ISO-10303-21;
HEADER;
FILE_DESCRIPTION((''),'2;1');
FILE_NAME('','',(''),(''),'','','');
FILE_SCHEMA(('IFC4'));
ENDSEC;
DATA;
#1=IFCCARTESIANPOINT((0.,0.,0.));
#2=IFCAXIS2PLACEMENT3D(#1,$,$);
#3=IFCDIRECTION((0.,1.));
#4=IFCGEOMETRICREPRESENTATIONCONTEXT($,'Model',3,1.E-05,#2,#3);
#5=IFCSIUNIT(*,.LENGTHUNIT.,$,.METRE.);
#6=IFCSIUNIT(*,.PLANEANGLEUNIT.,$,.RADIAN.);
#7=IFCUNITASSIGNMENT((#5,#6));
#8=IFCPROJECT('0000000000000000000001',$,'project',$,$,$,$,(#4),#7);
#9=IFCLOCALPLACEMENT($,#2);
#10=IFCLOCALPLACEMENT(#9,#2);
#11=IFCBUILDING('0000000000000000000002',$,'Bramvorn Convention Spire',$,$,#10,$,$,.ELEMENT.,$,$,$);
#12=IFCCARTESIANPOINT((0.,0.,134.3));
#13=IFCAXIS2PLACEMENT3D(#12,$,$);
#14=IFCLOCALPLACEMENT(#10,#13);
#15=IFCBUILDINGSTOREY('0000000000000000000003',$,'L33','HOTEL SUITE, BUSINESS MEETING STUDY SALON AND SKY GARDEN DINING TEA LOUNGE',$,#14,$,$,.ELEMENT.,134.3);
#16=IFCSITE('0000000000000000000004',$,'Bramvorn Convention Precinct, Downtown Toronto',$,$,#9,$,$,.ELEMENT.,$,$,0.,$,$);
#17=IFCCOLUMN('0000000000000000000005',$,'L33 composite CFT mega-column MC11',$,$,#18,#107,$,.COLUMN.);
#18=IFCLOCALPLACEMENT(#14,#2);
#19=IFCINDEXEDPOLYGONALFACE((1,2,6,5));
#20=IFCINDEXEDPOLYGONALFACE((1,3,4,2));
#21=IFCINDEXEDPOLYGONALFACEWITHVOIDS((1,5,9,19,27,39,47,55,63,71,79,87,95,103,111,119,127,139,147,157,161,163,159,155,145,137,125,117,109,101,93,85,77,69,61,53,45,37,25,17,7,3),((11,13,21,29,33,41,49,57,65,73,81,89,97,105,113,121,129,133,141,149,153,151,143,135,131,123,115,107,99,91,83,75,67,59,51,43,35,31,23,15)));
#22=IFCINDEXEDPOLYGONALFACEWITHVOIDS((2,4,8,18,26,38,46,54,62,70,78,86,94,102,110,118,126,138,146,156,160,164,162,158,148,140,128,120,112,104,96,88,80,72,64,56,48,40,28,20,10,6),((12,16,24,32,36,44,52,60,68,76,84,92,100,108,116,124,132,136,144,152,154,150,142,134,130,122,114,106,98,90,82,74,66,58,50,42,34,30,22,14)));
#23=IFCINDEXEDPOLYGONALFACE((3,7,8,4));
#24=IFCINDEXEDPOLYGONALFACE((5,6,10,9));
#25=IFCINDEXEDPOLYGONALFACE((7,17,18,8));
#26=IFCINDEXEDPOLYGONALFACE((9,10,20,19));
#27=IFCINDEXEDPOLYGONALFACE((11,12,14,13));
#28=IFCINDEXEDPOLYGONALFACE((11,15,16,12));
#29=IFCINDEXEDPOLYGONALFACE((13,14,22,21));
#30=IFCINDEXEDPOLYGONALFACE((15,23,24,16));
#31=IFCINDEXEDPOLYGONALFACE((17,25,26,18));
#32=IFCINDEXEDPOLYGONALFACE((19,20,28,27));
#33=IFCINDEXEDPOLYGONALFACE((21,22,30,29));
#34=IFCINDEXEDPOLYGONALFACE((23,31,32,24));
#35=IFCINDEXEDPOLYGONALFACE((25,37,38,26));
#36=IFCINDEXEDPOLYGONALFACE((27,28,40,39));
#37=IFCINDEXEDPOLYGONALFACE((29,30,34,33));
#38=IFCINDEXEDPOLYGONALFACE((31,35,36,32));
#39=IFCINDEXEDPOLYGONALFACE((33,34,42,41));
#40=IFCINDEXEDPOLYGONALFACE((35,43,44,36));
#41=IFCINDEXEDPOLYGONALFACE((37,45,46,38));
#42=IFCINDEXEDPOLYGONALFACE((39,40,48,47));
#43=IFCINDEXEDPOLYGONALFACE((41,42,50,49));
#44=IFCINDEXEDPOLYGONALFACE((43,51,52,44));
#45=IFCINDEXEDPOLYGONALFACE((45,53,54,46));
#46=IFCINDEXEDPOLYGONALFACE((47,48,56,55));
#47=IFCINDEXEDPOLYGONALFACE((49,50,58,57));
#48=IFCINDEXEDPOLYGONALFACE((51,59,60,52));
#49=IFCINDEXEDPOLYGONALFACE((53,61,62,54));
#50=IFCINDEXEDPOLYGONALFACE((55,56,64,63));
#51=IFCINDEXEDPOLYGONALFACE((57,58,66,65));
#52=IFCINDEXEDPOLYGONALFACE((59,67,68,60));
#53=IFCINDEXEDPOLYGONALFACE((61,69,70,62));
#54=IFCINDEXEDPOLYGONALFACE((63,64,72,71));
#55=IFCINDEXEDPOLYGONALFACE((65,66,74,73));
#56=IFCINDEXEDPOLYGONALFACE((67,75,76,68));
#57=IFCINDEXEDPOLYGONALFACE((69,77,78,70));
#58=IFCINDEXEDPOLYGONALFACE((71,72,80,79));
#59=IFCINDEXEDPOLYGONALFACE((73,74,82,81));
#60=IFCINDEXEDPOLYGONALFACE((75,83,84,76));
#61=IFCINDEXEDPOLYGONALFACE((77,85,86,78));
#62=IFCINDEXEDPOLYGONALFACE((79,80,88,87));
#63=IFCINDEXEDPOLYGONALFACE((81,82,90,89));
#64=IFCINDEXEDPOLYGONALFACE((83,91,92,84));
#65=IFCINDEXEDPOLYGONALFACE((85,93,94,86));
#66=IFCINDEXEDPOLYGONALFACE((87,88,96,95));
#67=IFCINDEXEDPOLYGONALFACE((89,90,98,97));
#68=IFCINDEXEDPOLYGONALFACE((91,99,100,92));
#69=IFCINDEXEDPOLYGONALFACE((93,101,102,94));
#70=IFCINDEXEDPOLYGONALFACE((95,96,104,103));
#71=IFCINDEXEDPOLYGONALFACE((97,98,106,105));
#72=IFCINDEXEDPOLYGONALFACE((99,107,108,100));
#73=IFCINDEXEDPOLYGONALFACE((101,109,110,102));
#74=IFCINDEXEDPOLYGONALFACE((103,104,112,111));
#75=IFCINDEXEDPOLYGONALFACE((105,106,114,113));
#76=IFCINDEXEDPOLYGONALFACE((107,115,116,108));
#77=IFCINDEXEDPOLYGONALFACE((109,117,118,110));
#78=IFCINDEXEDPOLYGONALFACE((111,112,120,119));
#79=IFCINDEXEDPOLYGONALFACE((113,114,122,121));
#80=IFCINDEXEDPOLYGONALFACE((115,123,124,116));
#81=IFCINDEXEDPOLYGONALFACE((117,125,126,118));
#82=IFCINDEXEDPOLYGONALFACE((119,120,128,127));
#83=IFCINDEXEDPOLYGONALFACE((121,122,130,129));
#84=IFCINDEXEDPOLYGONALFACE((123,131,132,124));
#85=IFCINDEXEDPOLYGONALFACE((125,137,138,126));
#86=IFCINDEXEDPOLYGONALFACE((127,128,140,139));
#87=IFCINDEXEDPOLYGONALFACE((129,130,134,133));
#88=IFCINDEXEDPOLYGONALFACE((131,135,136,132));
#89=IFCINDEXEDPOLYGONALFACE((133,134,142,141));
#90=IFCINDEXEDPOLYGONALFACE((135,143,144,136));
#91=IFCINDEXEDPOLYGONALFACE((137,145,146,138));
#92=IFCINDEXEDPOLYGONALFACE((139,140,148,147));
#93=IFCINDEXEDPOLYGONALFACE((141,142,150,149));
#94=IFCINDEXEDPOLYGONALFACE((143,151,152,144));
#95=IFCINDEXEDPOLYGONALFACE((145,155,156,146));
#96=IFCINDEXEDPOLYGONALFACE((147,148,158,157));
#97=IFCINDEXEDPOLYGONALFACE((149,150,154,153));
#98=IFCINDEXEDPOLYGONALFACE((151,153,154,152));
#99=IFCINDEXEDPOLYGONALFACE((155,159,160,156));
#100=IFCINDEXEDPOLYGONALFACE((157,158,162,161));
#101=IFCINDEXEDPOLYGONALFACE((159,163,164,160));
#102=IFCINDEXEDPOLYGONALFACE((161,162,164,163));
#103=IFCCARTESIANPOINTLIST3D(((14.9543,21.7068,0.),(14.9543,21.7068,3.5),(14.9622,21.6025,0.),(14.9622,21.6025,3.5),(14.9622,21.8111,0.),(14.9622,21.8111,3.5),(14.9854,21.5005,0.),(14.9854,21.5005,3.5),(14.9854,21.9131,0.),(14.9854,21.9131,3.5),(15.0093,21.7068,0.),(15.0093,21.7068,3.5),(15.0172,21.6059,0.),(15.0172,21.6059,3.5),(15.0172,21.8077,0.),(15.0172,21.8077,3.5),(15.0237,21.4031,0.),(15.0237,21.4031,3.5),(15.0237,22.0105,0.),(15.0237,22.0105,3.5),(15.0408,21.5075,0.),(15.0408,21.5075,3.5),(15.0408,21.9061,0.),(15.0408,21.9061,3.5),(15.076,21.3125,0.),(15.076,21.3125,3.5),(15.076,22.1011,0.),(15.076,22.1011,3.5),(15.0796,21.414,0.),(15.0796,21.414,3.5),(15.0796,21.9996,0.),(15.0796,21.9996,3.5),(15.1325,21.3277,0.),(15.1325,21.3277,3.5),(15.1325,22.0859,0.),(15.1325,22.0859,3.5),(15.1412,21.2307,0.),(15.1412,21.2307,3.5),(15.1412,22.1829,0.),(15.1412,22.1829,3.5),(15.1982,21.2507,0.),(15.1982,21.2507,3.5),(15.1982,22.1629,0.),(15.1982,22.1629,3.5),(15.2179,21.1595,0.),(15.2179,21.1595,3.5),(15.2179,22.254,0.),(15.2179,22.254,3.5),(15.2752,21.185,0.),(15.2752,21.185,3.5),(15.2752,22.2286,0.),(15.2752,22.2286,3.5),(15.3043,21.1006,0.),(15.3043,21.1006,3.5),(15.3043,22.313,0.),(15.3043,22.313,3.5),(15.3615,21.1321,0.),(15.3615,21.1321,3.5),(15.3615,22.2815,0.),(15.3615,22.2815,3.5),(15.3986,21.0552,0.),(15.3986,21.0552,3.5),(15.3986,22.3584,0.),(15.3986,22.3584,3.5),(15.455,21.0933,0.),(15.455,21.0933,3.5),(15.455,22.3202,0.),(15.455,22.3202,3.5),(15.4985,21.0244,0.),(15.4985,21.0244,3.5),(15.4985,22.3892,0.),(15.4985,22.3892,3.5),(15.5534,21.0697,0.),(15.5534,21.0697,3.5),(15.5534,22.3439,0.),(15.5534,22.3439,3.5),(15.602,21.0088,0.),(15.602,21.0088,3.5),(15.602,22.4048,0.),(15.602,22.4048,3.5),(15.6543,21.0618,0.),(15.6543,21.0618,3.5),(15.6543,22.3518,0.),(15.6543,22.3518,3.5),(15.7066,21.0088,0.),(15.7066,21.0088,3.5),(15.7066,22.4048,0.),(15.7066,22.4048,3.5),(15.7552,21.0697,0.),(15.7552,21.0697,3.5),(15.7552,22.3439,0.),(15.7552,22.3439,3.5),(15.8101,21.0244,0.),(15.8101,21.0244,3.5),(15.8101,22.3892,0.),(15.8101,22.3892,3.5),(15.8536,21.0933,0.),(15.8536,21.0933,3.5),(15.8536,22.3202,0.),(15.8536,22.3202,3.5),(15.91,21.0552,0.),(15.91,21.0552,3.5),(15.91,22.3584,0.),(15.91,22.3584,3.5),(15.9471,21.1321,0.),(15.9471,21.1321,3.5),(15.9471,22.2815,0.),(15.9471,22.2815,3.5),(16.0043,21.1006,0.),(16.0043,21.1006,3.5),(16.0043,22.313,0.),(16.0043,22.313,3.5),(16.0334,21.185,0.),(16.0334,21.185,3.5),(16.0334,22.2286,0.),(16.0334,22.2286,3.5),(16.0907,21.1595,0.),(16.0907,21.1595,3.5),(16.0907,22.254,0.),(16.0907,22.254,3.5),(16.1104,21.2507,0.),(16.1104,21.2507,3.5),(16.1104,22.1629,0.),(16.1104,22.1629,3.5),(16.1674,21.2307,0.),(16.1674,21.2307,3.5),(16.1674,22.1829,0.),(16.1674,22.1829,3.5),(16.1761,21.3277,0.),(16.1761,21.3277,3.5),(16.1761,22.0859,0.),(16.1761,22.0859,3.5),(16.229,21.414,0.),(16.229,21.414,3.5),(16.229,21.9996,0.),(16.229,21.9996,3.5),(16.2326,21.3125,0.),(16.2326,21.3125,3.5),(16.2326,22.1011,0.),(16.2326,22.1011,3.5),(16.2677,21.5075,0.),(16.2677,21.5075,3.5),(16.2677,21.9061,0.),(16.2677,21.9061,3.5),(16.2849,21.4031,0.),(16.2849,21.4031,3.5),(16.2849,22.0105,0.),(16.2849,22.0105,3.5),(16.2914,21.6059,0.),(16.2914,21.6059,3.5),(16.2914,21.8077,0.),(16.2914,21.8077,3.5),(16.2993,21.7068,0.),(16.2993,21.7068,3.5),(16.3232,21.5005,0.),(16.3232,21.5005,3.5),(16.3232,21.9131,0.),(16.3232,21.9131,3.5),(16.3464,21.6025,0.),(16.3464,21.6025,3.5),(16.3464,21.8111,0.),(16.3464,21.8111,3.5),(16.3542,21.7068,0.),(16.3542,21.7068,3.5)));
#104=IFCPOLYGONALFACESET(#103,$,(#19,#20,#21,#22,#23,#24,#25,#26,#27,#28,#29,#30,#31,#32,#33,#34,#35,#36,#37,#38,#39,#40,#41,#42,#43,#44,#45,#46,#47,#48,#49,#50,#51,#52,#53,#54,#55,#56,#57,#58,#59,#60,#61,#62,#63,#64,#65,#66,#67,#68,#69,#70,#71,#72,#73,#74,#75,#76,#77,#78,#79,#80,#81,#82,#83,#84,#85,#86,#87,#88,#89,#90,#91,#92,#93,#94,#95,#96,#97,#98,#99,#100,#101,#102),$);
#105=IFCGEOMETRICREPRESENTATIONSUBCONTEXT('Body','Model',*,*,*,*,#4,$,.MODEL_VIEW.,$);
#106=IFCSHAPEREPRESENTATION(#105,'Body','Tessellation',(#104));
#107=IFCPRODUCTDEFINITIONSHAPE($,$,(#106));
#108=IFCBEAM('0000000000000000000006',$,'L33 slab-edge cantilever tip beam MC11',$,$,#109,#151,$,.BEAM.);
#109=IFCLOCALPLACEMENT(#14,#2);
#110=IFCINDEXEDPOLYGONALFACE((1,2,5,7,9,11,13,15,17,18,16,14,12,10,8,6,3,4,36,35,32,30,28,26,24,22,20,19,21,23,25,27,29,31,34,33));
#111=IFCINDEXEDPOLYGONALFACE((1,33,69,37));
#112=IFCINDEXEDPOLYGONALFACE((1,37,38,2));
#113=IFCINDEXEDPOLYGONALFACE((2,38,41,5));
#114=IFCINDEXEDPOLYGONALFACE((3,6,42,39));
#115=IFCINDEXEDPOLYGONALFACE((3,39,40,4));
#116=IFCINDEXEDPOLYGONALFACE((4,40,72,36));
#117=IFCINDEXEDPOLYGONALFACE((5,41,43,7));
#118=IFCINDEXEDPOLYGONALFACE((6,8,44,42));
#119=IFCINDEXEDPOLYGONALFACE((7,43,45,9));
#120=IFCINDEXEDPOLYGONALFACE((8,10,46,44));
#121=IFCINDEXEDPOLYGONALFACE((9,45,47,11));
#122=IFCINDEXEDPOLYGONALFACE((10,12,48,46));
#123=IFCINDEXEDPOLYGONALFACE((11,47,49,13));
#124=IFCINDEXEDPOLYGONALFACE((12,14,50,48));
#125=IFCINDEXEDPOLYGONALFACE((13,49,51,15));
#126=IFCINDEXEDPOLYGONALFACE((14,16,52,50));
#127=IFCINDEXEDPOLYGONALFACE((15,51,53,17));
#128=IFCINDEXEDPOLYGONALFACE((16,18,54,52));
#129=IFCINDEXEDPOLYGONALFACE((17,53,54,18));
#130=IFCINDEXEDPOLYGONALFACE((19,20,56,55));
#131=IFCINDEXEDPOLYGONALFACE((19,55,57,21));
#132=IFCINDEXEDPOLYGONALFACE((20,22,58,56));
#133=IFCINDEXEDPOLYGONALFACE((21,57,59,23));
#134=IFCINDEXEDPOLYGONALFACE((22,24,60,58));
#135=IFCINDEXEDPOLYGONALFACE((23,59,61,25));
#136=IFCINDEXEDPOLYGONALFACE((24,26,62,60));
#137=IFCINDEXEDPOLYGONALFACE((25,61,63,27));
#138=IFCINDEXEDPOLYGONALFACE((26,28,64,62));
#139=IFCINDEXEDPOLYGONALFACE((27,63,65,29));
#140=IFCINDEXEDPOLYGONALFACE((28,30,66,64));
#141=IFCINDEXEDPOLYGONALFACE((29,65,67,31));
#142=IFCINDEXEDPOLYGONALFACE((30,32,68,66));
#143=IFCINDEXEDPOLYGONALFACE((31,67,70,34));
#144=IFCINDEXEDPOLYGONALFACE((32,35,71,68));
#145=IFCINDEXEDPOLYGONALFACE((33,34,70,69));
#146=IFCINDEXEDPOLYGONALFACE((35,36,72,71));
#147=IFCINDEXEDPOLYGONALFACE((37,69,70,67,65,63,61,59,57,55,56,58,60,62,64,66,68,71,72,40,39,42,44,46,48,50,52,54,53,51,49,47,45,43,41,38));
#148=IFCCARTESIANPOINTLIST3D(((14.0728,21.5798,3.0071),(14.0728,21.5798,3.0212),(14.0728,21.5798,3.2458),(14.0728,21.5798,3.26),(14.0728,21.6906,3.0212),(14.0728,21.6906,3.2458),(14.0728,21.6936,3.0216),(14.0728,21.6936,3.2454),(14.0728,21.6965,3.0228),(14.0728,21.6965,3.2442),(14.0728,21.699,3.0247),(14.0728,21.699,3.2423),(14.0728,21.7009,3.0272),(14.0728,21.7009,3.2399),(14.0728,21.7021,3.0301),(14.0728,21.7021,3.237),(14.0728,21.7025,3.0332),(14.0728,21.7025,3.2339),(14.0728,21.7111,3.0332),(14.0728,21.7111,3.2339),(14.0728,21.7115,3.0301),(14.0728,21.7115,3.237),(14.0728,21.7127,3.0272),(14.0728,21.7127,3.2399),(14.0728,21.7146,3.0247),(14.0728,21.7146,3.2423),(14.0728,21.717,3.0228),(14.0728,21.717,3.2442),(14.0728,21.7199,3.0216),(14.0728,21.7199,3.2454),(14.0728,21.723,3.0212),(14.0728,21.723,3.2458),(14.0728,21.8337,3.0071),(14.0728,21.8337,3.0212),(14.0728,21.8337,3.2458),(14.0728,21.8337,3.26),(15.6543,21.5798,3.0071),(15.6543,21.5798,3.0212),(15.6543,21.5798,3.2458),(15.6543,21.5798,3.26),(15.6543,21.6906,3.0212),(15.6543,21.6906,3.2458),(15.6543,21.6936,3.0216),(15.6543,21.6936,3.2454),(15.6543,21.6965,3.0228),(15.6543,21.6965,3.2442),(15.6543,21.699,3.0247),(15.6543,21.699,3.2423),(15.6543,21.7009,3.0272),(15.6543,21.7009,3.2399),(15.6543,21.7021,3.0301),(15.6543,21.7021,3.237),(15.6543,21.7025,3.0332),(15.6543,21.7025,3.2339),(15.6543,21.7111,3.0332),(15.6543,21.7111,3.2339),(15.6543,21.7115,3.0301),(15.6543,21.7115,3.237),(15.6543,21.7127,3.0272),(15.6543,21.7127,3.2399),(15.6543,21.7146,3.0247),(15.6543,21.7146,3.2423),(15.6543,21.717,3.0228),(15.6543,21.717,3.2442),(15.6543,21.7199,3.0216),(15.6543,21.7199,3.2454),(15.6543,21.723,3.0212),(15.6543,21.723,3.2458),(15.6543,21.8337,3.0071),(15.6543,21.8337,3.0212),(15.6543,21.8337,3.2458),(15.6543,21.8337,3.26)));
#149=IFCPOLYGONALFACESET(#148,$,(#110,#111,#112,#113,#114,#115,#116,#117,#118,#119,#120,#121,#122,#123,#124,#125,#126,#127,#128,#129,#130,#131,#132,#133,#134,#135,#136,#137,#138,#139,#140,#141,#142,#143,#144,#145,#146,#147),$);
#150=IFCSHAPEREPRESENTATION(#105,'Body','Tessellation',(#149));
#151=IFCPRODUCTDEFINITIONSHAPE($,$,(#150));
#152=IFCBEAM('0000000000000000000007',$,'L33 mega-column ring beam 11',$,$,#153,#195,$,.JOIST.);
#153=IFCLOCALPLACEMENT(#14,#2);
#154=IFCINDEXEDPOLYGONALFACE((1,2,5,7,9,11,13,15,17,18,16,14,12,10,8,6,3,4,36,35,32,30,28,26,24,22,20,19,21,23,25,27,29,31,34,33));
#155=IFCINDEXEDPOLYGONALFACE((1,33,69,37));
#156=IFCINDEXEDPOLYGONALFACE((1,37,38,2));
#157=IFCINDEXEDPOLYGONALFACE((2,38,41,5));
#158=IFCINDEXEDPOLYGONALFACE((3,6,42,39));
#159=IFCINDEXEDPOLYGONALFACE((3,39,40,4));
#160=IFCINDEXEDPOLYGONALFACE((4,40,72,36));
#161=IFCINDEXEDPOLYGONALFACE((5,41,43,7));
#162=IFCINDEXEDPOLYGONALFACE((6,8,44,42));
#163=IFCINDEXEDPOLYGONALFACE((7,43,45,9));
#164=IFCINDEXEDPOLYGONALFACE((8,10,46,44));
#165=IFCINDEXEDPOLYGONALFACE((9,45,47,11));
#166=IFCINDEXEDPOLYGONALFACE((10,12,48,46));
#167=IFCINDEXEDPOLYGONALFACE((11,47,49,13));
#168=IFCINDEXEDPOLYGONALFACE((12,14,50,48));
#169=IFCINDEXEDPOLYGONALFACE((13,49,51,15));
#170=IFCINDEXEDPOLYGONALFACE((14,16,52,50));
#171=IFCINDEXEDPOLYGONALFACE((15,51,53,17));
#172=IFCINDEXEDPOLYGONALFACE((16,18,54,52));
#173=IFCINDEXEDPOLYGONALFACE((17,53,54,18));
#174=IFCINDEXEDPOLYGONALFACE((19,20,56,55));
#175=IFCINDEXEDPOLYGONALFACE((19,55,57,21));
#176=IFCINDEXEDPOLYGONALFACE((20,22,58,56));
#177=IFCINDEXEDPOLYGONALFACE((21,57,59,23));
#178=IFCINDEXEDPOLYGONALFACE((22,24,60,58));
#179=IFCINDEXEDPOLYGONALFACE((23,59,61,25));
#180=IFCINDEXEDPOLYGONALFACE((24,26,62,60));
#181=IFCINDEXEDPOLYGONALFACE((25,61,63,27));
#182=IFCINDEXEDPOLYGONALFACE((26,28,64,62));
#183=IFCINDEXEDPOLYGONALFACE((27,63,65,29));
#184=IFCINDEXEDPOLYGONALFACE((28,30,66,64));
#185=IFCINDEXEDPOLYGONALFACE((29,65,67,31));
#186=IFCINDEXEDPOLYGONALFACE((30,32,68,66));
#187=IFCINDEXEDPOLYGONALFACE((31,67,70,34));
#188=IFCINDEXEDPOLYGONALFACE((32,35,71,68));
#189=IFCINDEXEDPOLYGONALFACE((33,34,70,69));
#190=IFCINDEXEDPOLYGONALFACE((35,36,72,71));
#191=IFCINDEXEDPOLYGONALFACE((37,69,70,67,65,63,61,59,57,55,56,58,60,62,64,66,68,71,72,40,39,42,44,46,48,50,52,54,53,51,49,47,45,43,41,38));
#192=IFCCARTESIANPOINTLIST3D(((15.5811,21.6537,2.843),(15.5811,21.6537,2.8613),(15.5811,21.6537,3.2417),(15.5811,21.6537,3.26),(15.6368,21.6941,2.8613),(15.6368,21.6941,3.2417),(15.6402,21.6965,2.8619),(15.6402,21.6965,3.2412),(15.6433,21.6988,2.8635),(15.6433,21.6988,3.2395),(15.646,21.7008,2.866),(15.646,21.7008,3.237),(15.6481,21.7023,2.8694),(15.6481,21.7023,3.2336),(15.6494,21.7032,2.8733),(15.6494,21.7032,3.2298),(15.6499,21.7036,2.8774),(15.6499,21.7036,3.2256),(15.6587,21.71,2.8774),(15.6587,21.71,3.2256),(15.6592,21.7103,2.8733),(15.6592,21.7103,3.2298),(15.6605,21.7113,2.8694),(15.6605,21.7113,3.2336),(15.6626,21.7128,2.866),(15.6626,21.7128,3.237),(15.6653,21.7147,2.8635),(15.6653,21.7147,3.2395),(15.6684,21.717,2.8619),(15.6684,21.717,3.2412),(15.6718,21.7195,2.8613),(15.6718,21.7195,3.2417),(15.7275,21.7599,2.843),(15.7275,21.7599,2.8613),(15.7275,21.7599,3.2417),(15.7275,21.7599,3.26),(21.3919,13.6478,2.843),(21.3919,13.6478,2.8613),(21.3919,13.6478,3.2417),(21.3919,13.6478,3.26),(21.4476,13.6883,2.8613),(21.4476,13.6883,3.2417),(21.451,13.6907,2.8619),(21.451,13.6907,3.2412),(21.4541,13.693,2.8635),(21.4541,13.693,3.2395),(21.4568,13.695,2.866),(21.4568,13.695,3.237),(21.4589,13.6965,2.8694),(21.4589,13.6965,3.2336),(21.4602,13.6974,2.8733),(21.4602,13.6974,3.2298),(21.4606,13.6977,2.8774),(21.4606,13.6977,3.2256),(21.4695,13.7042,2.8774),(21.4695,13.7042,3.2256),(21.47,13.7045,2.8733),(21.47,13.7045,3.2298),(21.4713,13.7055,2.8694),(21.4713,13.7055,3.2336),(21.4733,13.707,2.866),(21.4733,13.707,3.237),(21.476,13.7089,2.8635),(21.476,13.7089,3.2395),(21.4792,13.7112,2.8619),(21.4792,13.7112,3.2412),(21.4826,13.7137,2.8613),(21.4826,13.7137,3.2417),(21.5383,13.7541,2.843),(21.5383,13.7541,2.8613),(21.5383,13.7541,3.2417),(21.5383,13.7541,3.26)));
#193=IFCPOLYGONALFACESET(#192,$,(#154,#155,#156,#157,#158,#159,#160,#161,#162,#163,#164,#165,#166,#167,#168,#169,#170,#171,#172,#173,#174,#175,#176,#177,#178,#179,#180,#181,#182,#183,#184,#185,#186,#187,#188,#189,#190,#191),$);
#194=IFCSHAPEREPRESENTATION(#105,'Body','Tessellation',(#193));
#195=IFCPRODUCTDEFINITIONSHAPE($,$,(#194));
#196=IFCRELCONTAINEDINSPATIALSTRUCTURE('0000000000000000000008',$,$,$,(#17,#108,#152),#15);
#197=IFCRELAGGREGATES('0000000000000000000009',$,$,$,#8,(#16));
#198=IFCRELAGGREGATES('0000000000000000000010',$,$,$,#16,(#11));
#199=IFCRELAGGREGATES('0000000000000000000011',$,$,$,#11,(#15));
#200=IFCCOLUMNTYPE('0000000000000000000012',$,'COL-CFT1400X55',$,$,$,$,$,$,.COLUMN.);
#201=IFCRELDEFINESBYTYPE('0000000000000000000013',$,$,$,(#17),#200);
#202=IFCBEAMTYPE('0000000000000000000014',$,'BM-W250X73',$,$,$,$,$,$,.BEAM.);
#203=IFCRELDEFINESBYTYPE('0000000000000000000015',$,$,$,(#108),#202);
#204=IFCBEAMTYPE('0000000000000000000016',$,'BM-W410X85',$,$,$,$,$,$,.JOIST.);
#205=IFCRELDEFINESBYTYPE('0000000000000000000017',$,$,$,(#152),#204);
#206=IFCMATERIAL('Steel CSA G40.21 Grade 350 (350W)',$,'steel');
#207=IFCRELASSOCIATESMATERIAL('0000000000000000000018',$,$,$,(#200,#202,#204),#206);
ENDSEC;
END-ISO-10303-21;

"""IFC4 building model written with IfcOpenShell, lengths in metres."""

from ifc_helpers import new_model, si_unit, direction, frame, origin, origin_2d, place, context, subcontext, project, spatial, hollow_circle, i_section, extrude, material, material_profile, profile_set, type_object, element, save


model = new_model("IFC4")

# Units and contexts
model_context = context("Model", 3, precision=1e-05, world=origin(), true_north=direction((0.0, 1.0)))
body_context = subcontext(model_context, "Body", "Model", "MODEL_VIEW")
ifc_project = project(units=[si_unit("LENGTHUNIT", "METRE"), si_unit("PLANEANGLEUNIT", "RADIAN")], contexts=[model_context])

# Site, building, storey
site_placement = place(None, origin())
site = spatial("IfcSite", under=ifc_project, at=site_placement, Name="Bramvorn Convention Precinct, Downtown Toronto", CompositionType="ELEMENT", RefElevation=0.0)
building_placement = place(site_placement, origin())
building = spatial("IfcBuilding", under=site, at=building_placement, Name="Bramvorn Convention Spire", CompositionType="ELEMENT")
storey_placement = place(building_placement, frame((0.0, 0.0, 134.3)))
storey = spatial("IfcBuildingStorey", under=building, at=storey_placement, Name="L33", Description="HOTEL SUITE, BUSINESS MEETING STUDY SALON AND SKY GARDEN DINING TEA LOUNGE", CompositionType="ELEMENT", Elevation=134.3)

# Column
ifc_material_1 = material(Name="Steel CSA G40.21 Grade 350 (350W)", Category="steel")
ifc_material_profile_1 = material_profile(ifc_material_1, hollow_circle(Radius=0.7, WallThickness=0.0549, at=origin_2d()))
ifc_profile_set_1 = profile_set([ifc_material_profile_1], Name="Steel CSA G40.21 Grade 350 (350W) - CFT1400X55")
column_type = type_object("IfcColumnType", Name="COL-CFT1400X55", PredefinedType="COLUMN", material=ifc_profile_set_1)
column_placement = place(storey_placement, frame((15.6543, 21.7068, 0.0), z_axis=(0.0, 0.0, 1.0), x_axis=(1.0, 0.0, 0.0)))
element("IfcColumn", 1, at=column_placement, inside=storey, type_object=column_type, Name="L33 composite CFT mega-column MC11", PredefinedType="COLUMN", context=body_context, shape_type="SweptSolid", body=[
    extrude(hollow_circle(Radius=0.7, WallThickness=0.0549, at=origin_2d()), origin(), (0.0, 0.0, 1.0), 3.5),
])

# Beams
ifc_material_profile_2 = material_profile(ifc_material_1, i_section(OverallWidth=0.2539, OverallDepth=0.2529, WebThickness=0.0085, FlangeThickness=0.0142, FilletRadius=0.012, at=origin_2d()))
ifc_profile_set_2 = profile_set([ifc_material_profile_2], Name="Steel CSA G40.21 Grade 350 (350W) - W250X73")
beam_type_1 = type_object("IfcBeamType", Name="BM-W250X73", PredefinedType="BEAM", material=ifc_profile_set_2)
beam_1_placement = place(storey_placement, frame((15.6543, 21.7068, 3.1335), z_axis=(-1.0, 0.0, 0.0), x_axis=(0.0, -1.0, 0.0)))
element("IfcBeam", 2, at=beam_1_placement, inside=storey, type_object=beam_type_1, Name="L33 slab-edge cantilever tip beam MC11", PredefinedType="BEAM", context=body_context, shape_type="SweptSolid", body=[
    extrude(i_section(OverallWidth=0.2539, OverallDepth=0.2529, WebThickness=0.0085, FlangeThickness=0.0142, FilletRadius=0.012, at=origin_2d()), origin(), (0.0, 0.0, 1.0), 1.5815),
])
ifc_material_profile_3 = material_profile(ifc_material_1, i_section(OverallWidth=0.1809, OverallDepth=0.417, WebThickness=0.011, FlangeThickness=0.0183, FilletRadius=0.0161, at=origin_2d()))
ifc_profile_set_3 = profile_set([ifc_material_profile_3], Name="Steel CSA G40.21 Grade 350 (350W) - W410X85")
beam_type_2 = type_object("IfcBeamType", Name="BM-W410X85", PredefinedType="JOIST", material=ifc_profile_set_3)
beam_2_placement = place(storey_placement, frame((15.6543, 21.7068, 3.0515), z_axis=(0.587401, -0.809296, 0.0), x_axis=(0.809296, 0.587401, 0.0)))
element("IfcBeam", 3, at=beam_2_placement, inside=storey, type_object=beam_type_2, Name="L33 mega-column ring beam 11", PredefinedType="JOIST", context=body_context, shape_type="SweptSolid", body=[
    extrude(i_section(OverallWidth=0.1809, OverallDepth=0.417, WebThickness=0.011, FlangeThickness=0.0183, FilletRadius=0.0161, at=origin_2d()), origin(), (0.0, 0.0, 1.0), 9.8923),
])

save(model, "model.ifc")
